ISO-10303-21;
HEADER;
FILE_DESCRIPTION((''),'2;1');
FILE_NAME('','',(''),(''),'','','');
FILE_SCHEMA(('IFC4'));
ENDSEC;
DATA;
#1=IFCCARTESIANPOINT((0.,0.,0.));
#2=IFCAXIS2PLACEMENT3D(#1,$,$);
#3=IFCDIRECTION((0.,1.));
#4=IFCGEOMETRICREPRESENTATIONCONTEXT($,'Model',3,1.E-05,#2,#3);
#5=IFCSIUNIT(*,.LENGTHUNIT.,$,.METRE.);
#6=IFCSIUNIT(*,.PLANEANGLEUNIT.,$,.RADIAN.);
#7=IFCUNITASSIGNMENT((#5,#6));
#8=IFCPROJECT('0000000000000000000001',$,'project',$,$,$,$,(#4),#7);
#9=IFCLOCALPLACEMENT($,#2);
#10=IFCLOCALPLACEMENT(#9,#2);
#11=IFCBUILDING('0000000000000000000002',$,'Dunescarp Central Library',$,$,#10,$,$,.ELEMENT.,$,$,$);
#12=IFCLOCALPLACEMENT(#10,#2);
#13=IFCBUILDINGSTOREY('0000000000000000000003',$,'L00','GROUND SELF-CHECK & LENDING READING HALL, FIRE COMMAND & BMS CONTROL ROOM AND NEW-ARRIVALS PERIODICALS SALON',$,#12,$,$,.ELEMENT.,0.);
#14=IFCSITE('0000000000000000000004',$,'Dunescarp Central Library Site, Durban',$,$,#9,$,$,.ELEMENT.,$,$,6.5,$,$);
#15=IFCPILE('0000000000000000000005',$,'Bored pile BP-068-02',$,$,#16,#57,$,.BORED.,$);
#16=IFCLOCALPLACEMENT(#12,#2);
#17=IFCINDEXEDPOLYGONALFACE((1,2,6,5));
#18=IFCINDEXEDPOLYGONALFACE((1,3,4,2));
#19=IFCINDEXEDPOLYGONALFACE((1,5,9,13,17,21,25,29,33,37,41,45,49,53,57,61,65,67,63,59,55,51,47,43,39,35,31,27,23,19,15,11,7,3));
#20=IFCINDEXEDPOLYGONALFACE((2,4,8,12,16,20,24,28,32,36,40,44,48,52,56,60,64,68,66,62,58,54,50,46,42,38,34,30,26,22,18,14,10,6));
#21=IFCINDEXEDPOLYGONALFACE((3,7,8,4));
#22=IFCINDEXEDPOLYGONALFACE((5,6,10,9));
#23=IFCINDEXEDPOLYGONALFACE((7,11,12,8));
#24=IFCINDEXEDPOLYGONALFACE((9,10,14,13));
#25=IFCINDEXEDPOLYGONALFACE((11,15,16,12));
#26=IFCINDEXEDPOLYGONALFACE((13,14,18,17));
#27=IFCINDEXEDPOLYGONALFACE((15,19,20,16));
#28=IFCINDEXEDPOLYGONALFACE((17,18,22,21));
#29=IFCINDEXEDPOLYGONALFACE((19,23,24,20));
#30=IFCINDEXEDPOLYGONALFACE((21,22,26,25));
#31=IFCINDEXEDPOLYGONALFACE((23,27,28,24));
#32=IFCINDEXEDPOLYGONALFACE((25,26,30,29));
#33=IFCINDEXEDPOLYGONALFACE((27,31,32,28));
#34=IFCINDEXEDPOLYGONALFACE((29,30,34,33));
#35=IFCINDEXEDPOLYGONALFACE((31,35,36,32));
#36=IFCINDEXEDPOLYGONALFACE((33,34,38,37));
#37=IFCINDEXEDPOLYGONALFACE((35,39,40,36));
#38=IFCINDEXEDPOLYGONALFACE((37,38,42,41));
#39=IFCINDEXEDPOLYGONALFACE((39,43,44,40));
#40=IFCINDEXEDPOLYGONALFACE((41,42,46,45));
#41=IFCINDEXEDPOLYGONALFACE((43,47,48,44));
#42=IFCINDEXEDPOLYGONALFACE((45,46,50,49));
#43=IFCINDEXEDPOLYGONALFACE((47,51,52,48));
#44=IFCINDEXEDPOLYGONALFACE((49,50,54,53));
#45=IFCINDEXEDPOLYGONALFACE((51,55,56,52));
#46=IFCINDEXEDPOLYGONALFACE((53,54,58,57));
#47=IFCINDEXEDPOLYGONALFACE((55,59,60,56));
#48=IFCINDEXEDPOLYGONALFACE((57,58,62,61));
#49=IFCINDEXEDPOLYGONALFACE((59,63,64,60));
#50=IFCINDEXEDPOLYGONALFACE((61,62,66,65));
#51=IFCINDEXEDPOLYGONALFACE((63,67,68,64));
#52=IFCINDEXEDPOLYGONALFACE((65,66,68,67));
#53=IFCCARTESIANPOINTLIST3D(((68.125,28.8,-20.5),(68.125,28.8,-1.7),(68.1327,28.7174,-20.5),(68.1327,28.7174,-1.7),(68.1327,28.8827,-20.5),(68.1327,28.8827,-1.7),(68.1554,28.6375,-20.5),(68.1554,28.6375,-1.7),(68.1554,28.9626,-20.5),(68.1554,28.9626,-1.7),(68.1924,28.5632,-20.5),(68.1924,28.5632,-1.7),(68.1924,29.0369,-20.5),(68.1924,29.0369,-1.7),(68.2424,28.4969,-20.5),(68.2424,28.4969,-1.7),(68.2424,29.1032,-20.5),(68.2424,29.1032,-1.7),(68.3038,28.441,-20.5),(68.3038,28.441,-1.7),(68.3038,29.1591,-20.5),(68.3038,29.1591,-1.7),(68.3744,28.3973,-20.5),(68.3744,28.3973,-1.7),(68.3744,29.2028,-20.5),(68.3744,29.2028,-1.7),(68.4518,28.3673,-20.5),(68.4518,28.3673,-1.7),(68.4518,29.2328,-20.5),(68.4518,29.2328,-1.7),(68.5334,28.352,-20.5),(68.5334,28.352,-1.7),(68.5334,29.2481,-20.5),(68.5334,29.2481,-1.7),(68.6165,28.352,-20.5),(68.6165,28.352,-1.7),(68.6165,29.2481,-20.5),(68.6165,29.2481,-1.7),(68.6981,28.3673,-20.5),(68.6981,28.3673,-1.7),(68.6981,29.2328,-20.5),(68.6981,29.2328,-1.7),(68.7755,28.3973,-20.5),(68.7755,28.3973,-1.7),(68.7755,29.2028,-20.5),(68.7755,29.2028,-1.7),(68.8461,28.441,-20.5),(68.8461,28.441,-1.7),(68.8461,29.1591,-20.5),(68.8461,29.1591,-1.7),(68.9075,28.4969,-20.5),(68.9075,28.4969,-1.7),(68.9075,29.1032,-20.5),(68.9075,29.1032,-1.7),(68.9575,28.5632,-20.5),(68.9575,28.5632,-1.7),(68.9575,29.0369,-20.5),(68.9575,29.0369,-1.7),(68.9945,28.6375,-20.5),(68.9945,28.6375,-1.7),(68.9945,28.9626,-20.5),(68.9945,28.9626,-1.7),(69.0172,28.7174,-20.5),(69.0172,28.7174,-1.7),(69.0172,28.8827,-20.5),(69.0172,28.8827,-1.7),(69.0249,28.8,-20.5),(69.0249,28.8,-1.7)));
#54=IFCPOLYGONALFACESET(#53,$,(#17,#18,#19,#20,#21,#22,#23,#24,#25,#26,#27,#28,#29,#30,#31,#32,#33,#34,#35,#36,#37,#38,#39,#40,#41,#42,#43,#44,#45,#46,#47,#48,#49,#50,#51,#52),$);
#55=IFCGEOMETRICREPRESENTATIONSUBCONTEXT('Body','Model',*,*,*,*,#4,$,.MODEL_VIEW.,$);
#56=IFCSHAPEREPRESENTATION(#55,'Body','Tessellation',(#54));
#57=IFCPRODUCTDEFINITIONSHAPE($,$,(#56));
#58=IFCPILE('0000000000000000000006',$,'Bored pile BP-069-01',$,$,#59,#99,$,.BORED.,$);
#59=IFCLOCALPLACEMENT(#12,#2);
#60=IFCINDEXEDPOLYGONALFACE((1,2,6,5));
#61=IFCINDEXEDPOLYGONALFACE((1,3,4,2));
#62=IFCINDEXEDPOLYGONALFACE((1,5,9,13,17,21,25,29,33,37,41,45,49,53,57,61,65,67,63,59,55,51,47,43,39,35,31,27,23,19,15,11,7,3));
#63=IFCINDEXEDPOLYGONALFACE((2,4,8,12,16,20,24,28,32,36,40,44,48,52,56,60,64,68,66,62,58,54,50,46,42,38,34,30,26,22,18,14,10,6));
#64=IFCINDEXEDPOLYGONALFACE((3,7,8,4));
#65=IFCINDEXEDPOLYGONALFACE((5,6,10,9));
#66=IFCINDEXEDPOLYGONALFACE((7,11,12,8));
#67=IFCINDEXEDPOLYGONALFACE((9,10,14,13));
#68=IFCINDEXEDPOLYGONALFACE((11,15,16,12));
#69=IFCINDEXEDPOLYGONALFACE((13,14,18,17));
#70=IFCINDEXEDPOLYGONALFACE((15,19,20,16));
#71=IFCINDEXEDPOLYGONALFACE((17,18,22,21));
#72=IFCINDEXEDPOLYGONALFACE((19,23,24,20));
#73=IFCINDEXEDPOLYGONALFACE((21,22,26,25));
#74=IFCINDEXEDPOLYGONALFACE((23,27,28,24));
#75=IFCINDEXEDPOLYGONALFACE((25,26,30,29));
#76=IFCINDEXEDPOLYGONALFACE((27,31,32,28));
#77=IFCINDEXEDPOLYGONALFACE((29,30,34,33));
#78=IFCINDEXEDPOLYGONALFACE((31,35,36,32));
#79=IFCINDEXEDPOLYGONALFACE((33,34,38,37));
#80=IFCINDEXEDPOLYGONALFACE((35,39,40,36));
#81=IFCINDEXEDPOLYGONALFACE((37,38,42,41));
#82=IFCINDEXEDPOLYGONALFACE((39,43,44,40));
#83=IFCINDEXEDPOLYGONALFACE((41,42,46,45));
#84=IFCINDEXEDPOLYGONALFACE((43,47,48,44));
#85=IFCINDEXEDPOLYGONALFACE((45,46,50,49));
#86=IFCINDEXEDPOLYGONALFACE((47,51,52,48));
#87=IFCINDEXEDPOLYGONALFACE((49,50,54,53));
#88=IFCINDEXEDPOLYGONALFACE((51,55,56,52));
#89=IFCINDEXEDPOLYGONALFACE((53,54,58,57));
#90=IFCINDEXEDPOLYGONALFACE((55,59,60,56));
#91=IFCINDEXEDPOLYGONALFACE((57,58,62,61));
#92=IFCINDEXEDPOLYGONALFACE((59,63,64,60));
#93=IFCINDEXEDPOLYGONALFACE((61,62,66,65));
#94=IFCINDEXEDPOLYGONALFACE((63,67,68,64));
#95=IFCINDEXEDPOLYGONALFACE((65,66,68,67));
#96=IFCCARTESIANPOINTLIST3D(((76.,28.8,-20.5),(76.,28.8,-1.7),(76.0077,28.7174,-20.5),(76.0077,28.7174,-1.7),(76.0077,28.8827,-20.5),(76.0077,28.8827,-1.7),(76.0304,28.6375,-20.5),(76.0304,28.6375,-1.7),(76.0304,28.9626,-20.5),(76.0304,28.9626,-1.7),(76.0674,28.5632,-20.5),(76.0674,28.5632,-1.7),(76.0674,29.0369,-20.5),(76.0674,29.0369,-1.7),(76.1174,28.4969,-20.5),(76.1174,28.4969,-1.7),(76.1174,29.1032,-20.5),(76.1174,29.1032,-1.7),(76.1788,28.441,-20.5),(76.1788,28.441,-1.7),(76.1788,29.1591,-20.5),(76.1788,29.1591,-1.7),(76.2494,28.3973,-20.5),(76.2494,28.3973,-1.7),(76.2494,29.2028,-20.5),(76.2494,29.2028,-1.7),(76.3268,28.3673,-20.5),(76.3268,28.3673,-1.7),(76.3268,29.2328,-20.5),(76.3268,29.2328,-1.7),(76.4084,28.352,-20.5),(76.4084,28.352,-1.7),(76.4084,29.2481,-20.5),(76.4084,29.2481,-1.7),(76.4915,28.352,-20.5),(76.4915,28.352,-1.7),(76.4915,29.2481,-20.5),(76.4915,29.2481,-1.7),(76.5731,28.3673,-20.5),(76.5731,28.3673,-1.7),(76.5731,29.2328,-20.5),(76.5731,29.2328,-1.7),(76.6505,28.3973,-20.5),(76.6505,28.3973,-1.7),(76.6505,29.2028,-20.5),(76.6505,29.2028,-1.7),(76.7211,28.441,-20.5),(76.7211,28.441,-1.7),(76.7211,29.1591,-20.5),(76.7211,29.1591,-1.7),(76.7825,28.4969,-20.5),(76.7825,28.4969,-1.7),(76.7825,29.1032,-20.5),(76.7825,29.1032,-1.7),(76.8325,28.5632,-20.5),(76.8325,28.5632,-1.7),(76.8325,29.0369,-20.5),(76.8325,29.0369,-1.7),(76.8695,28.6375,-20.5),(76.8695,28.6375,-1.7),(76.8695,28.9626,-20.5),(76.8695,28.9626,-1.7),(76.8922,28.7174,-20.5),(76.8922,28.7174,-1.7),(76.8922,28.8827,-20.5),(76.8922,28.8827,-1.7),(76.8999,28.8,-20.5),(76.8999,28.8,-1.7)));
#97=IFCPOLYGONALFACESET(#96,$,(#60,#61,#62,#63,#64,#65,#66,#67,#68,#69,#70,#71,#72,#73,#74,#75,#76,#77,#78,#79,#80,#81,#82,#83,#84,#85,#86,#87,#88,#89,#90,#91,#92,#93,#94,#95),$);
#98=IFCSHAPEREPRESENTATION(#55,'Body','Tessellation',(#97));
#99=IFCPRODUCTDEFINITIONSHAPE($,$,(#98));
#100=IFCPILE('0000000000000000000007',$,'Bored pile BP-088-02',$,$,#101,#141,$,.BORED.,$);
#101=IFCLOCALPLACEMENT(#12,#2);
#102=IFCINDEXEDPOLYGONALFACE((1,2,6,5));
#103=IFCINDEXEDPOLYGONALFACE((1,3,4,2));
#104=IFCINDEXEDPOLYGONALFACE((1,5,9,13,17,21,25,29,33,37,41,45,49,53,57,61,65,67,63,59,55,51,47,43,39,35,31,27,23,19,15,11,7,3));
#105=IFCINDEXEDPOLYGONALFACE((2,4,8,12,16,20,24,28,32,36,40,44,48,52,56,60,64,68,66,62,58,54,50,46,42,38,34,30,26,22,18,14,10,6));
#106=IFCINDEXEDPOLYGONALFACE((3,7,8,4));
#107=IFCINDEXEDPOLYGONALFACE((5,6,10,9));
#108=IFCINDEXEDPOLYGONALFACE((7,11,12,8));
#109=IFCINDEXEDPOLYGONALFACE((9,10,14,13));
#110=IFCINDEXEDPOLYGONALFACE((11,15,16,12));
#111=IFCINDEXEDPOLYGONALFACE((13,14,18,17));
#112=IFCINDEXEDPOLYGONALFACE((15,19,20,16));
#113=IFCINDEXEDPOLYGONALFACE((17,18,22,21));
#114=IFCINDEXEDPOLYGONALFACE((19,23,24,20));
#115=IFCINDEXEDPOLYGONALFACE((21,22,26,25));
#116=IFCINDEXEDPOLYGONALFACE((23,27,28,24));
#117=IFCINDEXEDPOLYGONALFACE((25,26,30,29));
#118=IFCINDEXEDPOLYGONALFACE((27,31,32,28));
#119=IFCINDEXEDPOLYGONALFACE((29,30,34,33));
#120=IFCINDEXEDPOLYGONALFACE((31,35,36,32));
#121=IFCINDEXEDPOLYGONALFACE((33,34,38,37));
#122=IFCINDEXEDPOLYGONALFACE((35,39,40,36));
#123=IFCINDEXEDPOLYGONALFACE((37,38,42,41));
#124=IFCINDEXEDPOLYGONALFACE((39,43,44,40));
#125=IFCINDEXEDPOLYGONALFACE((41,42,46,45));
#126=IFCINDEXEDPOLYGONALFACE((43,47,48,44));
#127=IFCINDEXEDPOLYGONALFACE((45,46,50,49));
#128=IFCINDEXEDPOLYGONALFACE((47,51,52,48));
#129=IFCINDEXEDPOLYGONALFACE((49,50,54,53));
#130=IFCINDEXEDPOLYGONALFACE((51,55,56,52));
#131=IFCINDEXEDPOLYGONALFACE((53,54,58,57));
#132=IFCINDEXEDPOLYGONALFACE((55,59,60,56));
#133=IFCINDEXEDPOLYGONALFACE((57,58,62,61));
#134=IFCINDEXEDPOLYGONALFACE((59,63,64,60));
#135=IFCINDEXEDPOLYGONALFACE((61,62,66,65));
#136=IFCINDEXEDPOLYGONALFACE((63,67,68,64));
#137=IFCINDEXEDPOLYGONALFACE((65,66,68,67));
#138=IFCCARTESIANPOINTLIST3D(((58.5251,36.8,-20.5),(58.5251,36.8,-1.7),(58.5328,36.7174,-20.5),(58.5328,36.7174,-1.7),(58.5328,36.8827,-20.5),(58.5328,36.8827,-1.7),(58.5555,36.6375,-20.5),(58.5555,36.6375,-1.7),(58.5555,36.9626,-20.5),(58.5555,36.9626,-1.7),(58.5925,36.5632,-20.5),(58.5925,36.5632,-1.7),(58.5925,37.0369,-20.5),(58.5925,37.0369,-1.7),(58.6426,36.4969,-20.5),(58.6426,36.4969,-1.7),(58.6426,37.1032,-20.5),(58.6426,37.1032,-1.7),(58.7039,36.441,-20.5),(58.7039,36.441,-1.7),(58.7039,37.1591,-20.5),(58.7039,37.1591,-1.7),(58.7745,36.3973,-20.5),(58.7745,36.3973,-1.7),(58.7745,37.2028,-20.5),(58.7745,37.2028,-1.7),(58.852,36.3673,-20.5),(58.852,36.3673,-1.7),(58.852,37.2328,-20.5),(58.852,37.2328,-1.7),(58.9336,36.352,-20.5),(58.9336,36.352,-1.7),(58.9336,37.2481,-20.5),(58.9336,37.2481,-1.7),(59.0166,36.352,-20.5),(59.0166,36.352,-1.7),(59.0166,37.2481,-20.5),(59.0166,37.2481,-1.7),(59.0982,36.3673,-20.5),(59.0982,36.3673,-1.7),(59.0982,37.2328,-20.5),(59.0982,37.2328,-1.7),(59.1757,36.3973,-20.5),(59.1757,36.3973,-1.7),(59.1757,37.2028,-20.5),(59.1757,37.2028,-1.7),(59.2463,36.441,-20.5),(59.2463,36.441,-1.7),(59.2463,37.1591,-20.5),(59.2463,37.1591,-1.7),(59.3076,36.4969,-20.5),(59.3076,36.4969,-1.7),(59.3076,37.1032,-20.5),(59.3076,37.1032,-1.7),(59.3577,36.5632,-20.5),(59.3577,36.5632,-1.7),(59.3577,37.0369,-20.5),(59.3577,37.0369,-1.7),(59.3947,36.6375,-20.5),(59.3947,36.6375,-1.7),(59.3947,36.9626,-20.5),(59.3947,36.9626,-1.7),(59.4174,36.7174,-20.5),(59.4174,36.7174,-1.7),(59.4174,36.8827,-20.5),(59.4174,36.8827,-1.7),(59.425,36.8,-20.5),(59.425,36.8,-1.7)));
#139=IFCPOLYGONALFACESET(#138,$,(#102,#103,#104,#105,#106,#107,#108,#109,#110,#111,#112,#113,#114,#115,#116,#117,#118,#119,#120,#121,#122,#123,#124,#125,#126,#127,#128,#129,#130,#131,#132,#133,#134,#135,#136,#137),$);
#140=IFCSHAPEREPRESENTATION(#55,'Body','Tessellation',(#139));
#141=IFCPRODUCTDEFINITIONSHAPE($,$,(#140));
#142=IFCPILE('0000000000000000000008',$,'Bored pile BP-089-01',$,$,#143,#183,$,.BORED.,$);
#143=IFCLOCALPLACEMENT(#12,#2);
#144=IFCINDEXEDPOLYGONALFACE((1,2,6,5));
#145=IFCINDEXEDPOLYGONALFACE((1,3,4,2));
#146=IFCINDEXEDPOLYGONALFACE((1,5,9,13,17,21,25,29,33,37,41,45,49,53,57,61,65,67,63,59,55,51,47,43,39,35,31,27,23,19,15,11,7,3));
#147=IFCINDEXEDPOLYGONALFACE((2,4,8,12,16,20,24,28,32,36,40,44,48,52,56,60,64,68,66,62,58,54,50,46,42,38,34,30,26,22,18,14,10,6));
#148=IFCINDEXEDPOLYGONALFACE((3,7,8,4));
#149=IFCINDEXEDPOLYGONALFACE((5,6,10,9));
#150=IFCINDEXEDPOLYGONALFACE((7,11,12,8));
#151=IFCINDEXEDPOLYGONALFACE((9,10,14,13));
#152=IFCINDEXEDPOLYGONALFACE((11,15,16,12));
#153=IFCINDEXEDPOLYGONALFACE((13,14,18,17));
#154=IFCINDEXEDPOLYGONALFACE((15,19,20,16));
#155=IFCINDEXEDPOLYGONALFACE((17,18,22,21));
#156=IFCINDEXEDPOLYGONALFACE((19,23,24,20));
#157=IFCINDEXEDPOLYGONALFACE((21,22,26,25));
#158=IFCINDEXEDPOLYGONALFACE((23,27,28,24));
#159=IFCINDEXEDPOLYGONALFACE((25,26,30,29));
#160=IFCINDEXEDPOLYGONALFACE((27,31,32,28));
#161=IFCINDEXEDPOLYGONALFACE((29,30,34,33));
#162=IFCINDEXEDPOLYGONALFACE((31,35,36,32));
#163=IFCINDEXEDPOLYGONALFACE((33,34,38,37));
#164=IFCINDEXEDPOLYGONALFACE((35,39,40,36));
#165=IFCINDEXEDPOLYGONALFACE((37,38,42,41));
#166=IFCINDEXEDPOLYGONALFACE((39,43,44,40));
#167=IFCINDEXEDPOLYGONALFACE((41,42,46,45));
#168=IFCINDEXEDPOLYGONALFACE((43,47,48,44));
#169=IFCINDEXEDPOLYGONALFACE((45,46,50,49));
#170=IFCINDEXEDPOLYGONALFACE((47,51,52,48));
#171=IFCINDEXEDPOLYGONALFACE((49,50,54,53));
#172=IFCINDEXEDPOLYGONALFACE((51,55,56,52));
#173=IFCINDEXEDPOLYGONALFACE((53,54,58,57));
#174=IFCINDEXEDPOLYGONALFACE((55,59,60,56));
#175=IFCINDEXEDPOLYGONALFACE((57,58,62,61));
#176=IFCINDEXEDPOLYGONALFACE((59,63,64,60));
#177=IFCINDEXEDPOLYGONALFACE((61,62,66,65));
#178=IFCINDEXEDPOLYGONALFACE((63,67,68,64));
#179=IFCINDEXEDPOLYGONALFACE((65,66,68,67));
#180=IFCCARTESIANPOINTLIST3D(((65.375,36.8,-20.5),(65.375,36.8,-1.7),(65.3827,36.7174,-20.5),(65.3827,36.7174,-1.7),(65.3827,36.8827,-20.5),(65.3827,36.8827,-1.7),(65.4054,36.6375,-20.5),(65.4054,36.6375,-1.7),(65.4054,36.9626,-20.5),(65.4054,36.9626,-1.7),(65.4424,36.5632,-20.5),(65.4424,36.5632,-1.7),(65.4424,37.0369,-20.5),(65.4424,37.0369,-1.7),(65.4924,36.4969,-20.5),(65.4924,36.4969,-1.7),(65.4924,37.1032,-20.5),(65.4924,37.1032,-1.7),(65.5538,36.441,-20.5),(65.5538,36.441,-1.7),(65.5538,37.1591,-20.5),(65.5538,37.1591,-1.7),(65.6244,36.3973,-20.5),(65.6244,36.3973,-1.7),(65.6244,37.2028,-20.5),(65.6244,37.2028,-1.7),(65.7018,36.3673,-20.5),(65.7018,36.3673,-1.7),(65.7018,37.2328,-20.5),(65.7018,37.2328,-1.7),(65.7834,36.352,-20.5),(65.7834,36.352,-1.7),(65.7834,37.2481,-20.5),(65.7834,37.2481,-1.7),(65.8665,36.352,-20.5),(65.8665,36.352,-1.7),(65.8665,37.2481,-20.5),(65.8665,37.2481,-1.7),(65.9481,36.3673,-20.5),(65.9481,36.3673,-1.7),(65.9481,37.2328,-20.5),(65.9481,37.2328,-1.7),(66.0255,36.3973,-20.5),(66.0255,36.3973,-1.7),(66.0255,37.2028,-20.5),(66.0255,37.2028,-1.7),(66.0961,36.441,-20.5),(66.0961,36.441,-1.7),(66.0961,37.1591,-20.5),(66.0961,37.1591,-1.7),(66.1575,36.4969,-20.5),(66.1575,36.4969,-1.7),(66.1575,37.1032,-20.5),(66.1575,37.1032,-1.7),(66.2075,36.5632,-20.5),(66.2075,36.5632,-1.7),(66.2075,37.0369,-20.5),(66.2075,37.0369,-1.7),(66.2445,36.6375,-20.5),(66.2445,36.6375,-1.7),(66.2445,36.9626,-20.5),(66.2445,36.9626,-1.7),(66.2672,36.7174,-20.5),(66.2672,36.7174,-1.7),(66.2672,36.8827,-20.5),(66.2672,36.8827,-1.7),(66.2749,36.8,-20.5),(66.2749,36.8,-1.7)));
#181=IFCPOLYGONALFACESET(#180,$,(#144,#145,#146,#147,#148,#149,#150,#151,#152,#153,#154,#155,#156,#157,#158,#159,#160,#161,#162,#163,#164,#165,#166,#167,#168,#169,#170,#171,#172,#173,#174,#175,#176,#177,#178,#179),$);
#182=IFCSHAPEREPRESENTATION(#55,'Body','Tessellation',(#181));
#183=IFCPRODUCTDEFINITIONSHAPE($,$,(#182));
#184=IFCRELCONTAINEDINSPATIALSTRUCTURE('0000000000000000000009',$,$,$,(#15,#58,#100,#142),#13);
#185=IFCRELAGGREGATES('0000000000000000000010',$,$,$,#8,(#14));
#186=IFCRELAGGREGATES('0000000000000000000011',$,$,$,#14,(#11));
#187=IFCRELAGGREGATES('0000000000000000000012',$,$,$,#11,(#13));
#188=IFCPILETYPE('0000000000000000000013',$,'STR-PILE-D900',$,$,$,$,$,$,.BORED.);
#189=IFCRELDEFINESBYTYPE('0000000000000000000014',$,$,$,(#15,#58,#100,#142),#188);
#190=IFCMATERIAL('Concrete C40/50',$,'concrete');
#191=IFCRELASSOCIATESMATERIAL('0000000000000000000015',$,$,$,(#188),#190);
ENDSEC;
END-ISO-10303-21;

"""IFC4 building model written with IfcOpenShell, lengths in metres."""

from ifc_helpers import new_model, si_unit, direction, frame, origin, origin_2d, place, context, subcontext, project, spatial, circle, extrude, material, material_profile, profile_set, type_object, element, save


model = new_model("IFC4")

# Units and contexts
model_context = context("Model", 3, precision=1e-05, world=origin(), true_north=direction((0.0, 1.0)))
body_context = subcontext(model_context, "Body", "Model", "MODEL_VIEW")
ifc_project = project(units=[si_unit("LENGTHUNIT", "METRE"), si_unit("PLANEANGLEUNIT", "RADIAN")], contexts=[model_context])

# Site, building, storey
site_placement = place(None, origin())
site = spatial("IfcSite", under=ifc_project, at=site_placement, Name="Dunescarp Central Library Site, Durban", CompositionType="ELEMENT", RefElevation=6.5)
building_placement = place(site_placement, origin())
building = spatial("IfcBuilding", under=site, at=building_placement, Name="Dunescarp Central Library", CompositionType="ELEMENT")
storey_placement = place(building_placement, origin())
storey = spatial("IfcBuildingStorey", under=building, at=storey_placement, Name="L00", Description="GROUND SELF-CHECK & LENDING READING HALL, FIRE COMMAND & BMS CONTROL ROOM AND NEW-ARRIVALS PERIODICALS SALON", CompositionType="ELEMENT", Elevation=0.0)

# Shared definitions
ifc_material_1 = material(Name="Concrete C40/50", Category="concrete")

# Piles
ifc_material_profile_1 = material_profile(ifc_material_1, circle(Radius=0.45, at=origin_2d()), Name="PILE D900")
ifc_profile_set_1 = profile_set([ifc_material_profile_1], Name="Concrete C40/50")
pile_type = type_object("IfcPileType", Name="STR-PILE-D900", PredefinedType="BORED", material=ifc_profile_set_1)
for number, where, z_axis, x_axis, name in (
    (1, (68.575, 28.8, -1.7), (0.0, 0.0, -1.0), (1.0, 0.0, 0.0), "Bored pile BP-068-02"),
    (2, (76.45, 28.8, -1.7), (0.0, 0.0, -1.0), (1.0, 0.0, 0.0), "Bored pile BP-069-01"),
    (3, (58.9751, 36.8, -1.7), (0.0, 0.0, -1.0), (1.0, 0.0, 0.0), "Bored pile BP-088-02"),
    (4, (65.825, 36.8, -1.7), (0.0, 0.0, -1.0), (1.0, 0.0, 0.0), "Bored pile BP-089-01"),
):
    element("IfcPile", number, at=place(storey_placement, frame(where, z_axis=z_axis, x_axis=x_axis)), inside=storey, type_object=pile_type, Name=name, PredefinedType="BORED", context=body_context, shape_type="SweptSolid", body=[
        extrude(circle(Radius=0.45, at=origin_2d()), origin(), (0.0, 0.0, 1.0), 18.8),
    ])

save(model, "model.ifc")
